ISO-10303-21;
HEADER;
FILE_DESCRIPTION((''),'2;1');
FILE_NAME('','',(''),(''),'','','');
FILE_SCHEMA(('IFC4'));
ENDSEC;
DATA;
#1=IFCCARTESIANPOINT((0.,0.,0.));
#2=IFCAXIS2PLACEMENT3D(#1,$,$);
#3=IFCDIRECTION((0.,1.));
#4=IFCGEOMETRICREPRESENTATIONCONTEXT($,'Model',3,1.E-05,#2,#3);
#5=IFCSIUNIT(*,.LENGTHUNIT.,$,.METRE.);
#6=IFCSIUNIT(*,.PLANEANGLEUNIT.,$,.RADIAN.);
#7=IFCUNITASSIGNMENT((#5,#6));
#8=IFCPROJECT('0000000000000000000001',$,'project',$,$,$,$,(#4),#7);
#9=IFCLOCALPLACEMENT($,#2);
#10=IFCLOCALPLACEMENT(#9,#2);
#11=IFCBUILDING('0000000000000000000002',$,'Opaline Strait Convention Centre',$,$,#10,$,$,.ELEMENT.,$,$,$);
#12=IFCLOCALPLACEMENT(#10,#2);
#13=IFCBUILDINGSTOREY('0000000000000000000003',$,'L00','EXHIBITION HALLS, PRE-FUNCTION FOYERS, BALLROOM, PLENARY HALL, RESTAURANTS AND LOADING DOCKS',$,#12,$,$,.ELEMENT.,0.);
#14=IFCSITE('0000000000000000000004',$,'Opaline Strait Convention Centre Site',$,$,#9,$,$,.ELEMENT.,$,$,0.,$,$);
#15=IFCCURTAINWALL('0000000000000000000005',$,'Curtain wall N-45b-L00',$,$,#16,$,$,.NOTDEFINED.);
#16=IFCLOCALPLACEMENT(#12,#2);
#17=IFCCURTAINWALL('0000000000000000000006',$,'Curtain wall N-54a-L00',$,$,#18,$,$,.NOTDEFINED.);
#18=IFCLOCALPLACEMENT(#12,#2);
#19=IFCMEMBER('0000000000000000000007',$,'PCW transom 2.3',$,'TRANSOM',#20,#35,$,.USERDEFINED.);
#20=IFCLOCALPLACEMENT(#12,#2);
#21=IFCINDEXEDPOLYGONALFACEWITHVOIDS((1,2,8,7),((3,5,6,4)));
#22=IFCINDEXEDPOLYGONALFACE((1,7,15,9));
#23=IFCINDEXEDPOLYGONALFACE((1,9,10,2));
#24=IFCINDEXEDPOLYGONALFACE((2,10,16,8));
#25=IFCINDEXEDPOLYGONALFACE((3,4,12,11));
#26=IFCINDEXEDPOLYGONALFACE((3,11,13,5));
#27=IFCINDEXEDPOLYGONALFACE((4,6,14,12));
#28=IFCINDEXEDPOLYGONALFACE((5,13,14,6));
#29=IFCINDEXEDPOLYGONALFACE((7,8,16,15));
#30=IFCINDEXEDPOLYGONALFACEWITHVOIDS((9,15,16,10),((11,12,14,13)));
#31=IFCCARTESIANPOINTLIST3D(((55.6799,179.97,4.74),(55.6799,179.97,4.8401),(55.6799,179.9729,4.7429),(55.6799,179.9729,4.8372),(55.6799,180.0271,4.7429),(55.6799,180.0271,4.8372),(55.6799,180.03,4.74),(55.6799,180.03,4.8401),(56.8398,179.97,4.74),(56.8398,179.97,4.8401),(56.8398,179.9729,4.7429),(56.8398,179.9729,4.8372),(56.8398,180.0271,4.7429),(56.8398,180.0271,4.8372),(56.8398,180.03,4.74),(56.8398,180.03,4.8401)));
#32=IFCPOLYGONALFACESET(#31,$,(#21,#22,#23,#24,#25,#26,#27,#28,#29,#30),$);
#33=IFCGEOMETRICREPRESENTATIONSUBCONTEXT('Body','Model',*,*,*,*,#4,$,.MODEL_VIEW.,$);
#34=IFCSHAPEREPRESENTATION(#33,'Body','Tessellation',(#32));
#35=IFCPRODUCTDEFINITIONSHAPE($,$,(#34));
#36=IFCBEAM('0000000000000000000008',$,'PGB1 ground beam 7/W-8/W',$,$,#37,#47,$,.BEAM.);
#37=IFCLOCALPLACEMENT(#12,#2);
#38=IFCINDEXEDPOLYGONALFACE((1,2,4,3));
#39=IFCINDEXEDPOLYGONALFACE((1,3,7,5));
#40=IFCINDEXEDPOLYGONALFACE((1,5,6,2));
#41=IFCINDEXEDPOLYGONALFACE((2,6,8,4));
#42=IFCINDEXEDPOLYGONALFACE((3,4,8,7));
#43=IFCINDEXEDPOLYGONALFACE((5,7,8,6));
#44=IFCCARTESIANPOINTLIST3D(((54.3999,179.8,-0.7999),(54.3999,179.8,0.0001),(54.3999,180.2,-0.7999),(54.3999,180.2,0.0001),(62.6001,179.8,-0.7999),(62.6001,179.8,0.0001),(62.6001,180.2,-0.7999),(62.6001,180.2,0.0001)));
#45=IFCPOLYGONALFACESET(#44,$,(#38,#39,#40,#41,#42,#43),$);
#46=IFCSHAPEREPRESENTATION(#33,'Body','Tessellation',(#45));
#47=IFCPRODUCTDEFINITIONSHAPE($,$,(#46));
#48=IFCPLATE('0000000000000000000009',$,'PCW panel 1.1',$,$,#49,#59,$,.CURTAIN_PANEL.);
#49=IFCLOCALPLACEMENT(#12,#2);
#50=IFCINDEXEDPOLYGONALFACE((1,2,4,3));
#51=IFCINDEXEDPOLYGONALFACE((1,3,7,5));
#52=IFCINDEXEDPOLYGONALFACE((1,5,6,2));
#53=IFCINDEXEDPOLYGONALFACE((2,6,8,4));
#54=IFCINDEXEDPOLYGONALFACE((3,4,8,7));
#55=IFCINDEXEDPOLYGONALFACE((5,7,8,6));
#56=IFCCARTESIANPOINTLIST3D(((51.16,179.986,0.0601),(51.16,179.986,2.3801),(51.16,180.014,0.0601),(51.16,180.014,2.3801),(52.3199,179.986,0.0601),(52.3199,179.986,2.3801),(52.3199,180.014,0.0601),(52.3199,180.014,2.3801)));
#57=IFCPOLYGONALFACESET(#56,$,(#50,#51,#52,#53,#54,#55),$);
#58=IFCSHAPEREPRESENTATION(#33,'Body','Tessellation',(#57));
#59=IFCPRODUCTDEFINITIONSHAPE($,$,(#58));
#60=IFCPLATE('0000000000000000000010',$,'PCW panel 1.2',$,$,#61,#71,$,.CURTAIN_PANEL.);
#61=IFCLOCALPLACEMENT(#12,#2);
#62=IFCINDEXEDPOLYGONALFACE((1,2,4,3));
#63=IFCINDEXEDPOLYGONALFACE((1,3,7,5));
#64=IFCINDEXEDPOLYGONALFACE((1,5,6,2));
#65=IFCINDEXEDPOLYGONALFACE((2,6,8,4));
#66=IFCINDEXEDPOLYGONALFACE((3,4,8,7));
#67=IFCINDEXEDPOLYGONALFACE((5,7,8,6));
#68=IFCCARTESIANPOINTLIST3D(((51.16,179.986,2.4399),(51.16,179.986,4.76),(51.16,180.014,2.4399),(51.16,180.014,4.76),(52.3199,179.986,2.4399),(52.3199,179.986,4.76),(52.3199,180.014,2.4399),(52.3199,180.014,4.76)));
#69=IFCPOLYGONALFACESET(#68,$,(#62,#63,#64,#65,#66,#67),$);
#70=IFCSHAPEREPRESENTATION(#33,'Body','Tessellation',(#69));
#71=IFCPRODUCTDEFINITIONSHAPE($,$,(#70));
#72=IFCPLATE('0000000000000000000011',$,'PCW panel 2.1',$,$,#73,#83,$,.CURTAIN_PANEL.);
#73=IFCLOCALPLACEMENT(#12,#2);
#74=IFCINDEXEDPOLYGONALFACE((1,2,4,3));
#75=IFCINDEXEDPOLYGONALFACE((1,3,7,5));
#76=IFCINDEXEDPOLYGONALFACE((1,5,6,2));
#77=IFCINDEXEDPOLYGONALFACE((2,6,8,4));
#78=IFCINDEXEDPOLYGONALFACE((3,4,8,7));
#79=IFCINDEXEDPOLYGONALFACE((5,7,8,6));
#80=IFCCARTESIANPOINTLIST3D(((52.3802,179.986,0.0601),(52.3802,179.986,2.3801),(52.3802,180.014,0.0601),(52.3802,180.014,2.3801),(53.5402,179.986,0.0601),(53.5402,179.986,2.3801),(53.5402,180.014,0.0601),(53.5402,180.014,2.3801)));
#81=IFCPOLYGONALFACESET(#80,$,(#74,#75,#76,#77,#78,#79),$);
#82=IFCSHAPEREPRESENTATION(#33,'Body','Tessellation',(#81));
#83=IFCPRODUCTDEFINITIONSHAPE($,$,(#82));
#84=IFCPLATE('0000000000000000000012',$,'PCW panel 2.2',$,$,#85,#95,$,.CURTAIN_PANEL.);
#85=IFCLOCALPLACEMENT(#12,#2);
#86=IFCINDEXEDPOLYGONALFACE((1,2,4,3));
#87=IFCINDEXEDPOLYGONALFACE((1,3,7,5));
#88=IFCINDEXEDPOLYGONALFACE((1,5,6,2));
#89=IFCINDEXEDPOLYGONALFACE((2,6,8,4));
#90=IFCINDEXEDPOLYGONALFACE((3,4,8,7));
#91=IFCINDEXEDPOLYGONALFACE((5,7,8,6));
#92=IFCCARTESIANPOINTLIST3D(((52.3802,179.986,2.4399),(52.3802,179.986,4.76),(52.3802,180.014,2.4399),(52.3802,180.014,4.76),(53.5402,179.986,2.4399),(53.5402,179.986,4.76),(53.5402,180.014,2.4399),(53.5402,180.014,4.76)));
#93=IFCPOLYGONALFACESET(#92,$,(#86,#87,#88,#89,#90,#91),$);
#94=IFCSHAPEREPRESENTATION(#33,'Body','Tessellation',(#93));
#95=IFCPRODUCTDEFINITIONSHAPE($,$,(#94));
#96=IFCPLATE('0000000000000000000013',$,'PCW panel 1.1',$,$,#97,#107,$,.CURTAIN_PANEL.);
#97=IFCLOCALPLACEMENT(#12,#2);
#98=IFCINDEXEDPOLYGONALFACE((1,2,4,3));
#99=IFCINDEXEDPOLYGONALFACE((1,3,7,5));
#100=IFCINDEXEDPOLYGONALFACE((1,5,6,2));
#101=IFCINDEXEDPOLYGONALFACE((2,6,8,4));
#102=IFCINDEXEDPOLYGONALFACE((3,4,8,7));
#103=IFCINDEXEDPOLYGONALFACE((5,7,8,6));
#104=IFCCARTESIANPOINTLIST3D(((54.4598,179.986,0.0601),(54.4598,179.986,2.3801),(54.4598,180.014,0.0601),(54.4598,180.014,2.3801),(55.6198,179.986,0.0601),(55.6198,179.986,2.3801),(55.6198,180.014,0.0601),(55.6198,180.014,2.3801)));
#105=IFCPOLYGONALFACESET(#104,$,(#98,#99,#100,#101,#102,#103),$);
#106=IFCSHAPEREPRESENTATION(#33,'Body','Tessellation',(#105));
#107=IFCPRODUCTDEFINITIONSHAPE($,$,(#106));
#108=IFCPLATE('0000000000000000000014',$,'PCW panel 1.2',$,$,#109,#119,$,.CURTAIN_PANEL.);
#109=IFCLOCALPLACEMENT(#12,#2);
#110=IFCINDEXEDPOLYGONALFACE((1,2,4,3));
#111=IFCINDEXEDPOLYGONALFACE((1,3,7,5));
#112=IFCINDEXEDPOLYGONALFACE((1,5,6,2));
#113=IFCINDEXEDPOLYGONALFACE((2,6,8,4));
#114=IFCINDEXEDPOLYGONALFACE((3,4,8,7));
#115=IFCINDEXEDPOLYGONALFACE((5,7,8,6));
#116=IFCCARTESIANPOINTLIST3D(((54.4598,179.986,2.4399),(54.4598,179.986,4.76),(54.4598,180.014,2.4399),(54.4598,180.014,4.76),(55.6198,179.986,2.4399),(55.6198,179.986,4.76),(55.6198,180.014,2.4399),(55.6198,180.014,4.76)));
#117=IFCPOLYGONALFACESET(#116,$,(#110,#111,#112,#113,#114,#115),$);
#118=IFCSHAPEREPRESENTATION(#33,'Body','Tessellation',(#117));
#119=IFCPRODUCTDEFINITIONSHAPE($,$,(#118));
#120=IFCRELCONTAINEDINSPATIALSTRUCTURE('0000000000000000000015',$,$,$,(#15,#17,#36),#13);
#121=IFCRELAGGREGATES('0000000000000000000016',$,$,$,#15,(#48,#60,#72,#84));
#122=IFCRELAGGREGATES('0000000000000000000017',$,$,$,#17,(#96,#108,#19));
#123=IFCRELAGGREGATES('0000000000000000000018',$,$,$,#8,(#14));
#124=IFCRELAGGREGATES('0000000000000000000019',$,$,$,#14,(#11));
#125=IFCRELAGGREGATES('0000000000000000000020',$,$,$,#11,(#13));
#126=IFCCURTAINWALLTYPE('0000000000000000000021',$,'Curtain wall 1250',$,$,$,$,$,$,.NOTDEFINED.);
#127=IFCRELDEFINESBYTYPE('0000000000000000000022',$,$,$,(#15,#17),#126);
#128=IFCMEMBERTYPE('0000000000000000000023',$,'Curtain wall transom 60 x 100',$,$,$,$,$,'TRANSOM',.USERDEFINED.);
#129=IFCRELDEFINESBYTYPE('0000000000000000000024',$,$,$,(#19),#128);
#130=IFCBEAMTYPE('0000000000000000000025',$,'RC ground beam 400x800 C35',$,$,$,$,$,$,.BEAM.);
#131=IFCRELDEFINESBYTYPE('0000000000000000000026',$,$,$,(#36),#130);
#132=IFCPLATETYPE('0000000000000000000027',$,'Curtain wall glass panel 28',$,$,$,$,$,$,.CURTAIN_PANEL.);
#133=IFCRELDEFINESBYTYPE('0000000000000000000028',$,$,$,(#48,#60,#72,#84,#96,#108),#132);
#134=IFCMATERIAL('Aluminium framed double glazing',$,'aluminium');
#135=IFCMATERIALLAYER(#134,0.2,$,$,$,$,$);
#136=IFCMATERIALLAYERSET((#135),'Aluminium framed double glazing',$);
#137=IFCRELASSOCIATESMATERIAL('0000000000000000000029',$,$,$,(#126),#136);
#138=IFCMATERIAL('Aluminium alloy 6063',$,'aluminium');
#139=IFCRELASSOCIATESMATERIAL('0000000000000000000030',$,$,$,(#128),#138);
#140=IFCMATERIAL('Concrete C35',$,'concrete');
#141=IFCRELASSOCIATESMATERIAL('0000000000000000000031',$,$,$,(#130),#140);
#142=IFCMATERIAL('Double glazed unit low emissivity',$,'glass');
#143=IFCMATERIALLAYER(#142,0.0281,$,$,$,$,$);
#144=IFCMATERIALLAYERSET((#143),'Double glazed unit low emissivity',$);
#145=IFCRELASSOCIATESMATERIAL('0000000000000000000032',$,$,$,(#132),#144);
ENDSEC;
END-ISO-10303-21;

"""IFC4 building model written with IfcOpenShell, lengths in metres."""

from ifc_helpers import new_model, si_unit, direction, frame, origin, origin_2d, place, context, subcontext, project, spatial, rectangle, hollow_rectangle, extrude, material, layer, layer_set, material_profile, profile_set, type_object, element, aggregate, save


model = new_model("IFC4")

# Units and contexts
model_context = context("Model", 3, precision=1e-05, world=origin(), true_north=direction((0.0, 1.0)))
body_context = subcontext(model_context, "Body", "Model", "MODEL_VIEW")
ifc_project = project(units=[si_unit("LENGTHUNIT", "METRE"), si_unit("PLANEANGLEUNIT", "RADIAN")], contexts=[model_context])

# Site, building, storey
site_placement = place(None, origin())
site = spatial("IfcSite", under=ifc_project, at=site_placement, Name="Opaline Strait Convention Centre Site", CompositionType="ELEMENT", RefElevation=0.0)
building_placement = place(site_placement, origin())
building = spatial("IfcBuilding", under=site, at=building_placement, Name="Opaline Strait Convention Centre", CompositionType="ELEMENT")
storey_placement = place(building_placement, origin())
storey = spatial("IfcBuildingStorey", under=building, at=storey_placement, Name="L00", Description="EXHIBITION HALLS, PRE-FUNCTION FOYERS, BALLROOM, PLENARY HALL, RESTAURANTS AND LOADING DOCKS", CompositionType="ELEMENT", Elevation=0.0)

# Shared definitions
ifc_material_1 = material(Name="Concrete C35", Category="concrete")

# Curtain walls
ifc_material_2 = material(Name="Aluminium framed double glazing", Category="aluminium")
ifc_layer_1 = layer(ifc_material_2, 0.2)
ifc_layer_set_1 = layer_set([ifc_layer_1], Name="Aluminium framed double glazing")
curtain_wall_type = type_object("IfcCurtainWallType", Name="Curtain wall 1250", PredefinedType="NOTDEFINED", material=ifc_layer_set_1)
curtain_wall_1_placement = place(storey_placement, origin())
curtain_wall_1 = element("IfcCurtainWall", 1, at=curtain_wall_1_placement, inside=storey, type_object=curtain_wall_type, Name="Curtain wall N-45b-L00", PredefinedType="NOTDEFINED")
ifc_material_3 = material(Name="Aluminium alloy 6063", Category="aluminium")
curtain_wall_2_placement = place(storey_placement, origin())
curtain_wall_2 = element("IfcCurtainWall", 2, at=curtain_wall_2_placement, inside=storey, type_object=curtain_wall_type, Name="Curtain wall N-54a-L00", PredefinedType="NOTDEFINED")

# Member
ifc_material_profile_1 = material_profile(ifc_material_3, hollow_rectangle(XDim=0.0601, YDim=0.1001, WallThickness=0.0029, at=origin_2d()), Name="TRANSOM 60x100x3")
ifc_profile_set_1 = profile_set([ifc_material_profile_1], Name="Aluminium alloy 6063")
member_type_1 = type_object("IfcMemberType", Name="Curtain wall transom 60 x 100", ElementType="TRANSOM", PredefinedType="USERDEFINED", material=ifc_profile_set_1)
member_1_placement = place(storey_placement, frame((55.6799, 180.0, 4.79), z_axis=(1.0, 0.0, 0.0), x_axis=(0.0, 1.0, 0.0)))
member_1 = element("IfcMember", 3, at=member_1_placement, type_object=member_type_1, Name="PCW transom 2.3", ObjectType="TRANSOM", PredefinedType="USERDEFINED", context=body_context, shape_type="SweptSolid", body=[
    extrude(hollow_rectangle(XDim=0.0601, YDim=0.1001, WallThickness=0.0029, at=origin_2d()), origin(), (0.0, 0.0, 1.0), 1.1599),
])

# Beam
ifc_material_profile_2 = material_profile(ifc_material_1, rectangle(XDim=0.3999, YDim=0.8, at=origin_2d()), Name="RC 400x800")
ifc_profile_set_2 = profile_set([ifc_material_profile_2], Name="Concrete C35")
beam_type = type_object("IfcBeamType", Name="RC ground beam 400x800 C35", PredefinedType="BEAM", material=ifc_profile_set_2)
beam_placement = place(storey_placement, frame((54.3999, 180.0, -0.3999), z_axis=(1.0, 0.0, 0.0), x_axis=(0.0, 1.0, 0.0)))
element("IfcBeam", 4, at=beam_placement, inside=storey, type_object=beam_type, Name="PGB1 ground beam 7/W-8/W", PredefinedType="BEAM", context=body_context, shape_type="SweptSolid", body=[
    extrude(rectangle(XDim=0.3999, YDim=0.8, at=origin_2d()), origin(), (0.0, 0.0, 1.0), 8.2002),
])

# Plates
ifc_material_4 = material(Name="Double glazed unit low emissivity", Category="glass")
ifc_layer_2 = layer(ifc_material_4, 0.0281)
ifc_layer_set_2 = layer_set([ifc_layer_2], Name="Double glazed unit low emissivity")
plate_type = type_object("IfcPlateType", Name="Curtain wall glass panel 28", PredefinedType="CURTAIN_PANEL", material=ifc_layer_set_2)
plate_1_placement = place(storey_placement, frame((51.74, 180.0, 0.0601), z_axis=(0.0, 0.0, 1.0), x_axis=(1.0, 0.0, 0.0)))
plate_1 = element("IfcPlate", 5, at=plate_1_placement, type_object=plate_type, Name="PCW panel 1.1", PredefinedType="CURTAIN_PANEL", context=body_context, shape_type="SweptSolid", body=[
    extrude(rectangle(XDim=1.1599, YDim=0.0281, at=origin_2d()), origin(), (0.0, 0.0, 1.0), 2.3201),
])
plate_2_placement = place(storey_placement, frame((51.74, 180.0, 2.4399), z_axis=(0.0, 0.0, 1.0), x_axis=(1.0, 0.0, 0.0)))
plate_2 = element("IfcPlate", 6, at=plate_2_placement, type_object=plate_type, Name="PCW panel 1.2", PredefinedType="CURTAIN_PANEL", context=body_context, shape_type="SweptSolid", body=[
    extrude(rectangle(XDim=1.1599, YDim=0.0281, at=origin_2d()), origin(), (0.0, 0.0, 1.0), 2.3201),
])
plate_3_placement = place(storey_placement, frame((52.9602, 180.0, 0.0601), z_axis=(0.0, 0.0, 1.0), x_axis=(1.0, 0.0, 0.0)))
plate_3 = element("IfcPlate", 7, at=plate_3_placement, type_object=plate_type, Name="PCW panel 2.1", PredefinedType="CURTAIN_PANEL", context=body_context, shape_type="SweptSolid", body=[
    extrude(rectangle(XDim=1.1599, YDim=0.0281, at=origin_2d()), origin(), (0.0, 0.0, 1.0), 2.3201),
])
plate_4_placement = place(storey_placement, frame((52.9602, 180.0, 2.4399), z_axis=(0.0, 0.0, 1.0), x_axis=(1.0, 0.0, 0.0)))
plate_4 = element("IfcPlate", 8, at=plate_4_placement, type_object=plate_type, Name="PCW panel 2.2", PredefinedType="CURTAIN_PANEL", context=body_context, shape_type="SweptSolid", body=[
    extrude(rectangle(XDim=1.1599, YDim=0.0281, at=origin_2d()), origin(), (0.0, 0.0, 1.0), 2.3201),
])
aggregate(curtain_wall_1, [plate_1, plate_2, plate_3, plate_4])
plate_5_placement = place(storey_placement, frame((55.0398, 180.0, 0.0601), z_axis=(0.0, 0.0, 1.0), x_axis=(1.0, 0.0, 0.0)))
plate_5 = element("IfcPlate", 9, at=plate_5_placement, type_object=plate_type, Name="PCW panel 1.1", PredefinedType="CURTAIN_PANEL", context=body_context, shape_type="SweptSolid", body=[
    extrude(rectangle(XDim=1.1599, YDim=0.0281, at=origin_2d()), origin(), (0.0, 0.0, 1.0), 2.3201),
])
plate_6_placement = place(storey_placement, frame((55.0398, 180.0, 2.4399), z_axis=(0.0, 0.0, 1.0), x_axis=(1.0, 0.0, 0.0)))
plate_6 = element("IfcPlate", 10, at=plate_6_placement, type_object=plate_type, Name="PCW panel 1.2", PredefinedType="CURTAIN_PANEL", context=body_context, shape_type="SweptSolid", body=[
    extrude(rectangle(XDim=1.1599, YDim=0.0281, at=origin_2d()), origin(), (0.0, 0.0, 1.0), 2.3201),
])
aggregate(curtain_wall_2, [plate_5, plate_6, member_1])

save(model, "model.ifc")
